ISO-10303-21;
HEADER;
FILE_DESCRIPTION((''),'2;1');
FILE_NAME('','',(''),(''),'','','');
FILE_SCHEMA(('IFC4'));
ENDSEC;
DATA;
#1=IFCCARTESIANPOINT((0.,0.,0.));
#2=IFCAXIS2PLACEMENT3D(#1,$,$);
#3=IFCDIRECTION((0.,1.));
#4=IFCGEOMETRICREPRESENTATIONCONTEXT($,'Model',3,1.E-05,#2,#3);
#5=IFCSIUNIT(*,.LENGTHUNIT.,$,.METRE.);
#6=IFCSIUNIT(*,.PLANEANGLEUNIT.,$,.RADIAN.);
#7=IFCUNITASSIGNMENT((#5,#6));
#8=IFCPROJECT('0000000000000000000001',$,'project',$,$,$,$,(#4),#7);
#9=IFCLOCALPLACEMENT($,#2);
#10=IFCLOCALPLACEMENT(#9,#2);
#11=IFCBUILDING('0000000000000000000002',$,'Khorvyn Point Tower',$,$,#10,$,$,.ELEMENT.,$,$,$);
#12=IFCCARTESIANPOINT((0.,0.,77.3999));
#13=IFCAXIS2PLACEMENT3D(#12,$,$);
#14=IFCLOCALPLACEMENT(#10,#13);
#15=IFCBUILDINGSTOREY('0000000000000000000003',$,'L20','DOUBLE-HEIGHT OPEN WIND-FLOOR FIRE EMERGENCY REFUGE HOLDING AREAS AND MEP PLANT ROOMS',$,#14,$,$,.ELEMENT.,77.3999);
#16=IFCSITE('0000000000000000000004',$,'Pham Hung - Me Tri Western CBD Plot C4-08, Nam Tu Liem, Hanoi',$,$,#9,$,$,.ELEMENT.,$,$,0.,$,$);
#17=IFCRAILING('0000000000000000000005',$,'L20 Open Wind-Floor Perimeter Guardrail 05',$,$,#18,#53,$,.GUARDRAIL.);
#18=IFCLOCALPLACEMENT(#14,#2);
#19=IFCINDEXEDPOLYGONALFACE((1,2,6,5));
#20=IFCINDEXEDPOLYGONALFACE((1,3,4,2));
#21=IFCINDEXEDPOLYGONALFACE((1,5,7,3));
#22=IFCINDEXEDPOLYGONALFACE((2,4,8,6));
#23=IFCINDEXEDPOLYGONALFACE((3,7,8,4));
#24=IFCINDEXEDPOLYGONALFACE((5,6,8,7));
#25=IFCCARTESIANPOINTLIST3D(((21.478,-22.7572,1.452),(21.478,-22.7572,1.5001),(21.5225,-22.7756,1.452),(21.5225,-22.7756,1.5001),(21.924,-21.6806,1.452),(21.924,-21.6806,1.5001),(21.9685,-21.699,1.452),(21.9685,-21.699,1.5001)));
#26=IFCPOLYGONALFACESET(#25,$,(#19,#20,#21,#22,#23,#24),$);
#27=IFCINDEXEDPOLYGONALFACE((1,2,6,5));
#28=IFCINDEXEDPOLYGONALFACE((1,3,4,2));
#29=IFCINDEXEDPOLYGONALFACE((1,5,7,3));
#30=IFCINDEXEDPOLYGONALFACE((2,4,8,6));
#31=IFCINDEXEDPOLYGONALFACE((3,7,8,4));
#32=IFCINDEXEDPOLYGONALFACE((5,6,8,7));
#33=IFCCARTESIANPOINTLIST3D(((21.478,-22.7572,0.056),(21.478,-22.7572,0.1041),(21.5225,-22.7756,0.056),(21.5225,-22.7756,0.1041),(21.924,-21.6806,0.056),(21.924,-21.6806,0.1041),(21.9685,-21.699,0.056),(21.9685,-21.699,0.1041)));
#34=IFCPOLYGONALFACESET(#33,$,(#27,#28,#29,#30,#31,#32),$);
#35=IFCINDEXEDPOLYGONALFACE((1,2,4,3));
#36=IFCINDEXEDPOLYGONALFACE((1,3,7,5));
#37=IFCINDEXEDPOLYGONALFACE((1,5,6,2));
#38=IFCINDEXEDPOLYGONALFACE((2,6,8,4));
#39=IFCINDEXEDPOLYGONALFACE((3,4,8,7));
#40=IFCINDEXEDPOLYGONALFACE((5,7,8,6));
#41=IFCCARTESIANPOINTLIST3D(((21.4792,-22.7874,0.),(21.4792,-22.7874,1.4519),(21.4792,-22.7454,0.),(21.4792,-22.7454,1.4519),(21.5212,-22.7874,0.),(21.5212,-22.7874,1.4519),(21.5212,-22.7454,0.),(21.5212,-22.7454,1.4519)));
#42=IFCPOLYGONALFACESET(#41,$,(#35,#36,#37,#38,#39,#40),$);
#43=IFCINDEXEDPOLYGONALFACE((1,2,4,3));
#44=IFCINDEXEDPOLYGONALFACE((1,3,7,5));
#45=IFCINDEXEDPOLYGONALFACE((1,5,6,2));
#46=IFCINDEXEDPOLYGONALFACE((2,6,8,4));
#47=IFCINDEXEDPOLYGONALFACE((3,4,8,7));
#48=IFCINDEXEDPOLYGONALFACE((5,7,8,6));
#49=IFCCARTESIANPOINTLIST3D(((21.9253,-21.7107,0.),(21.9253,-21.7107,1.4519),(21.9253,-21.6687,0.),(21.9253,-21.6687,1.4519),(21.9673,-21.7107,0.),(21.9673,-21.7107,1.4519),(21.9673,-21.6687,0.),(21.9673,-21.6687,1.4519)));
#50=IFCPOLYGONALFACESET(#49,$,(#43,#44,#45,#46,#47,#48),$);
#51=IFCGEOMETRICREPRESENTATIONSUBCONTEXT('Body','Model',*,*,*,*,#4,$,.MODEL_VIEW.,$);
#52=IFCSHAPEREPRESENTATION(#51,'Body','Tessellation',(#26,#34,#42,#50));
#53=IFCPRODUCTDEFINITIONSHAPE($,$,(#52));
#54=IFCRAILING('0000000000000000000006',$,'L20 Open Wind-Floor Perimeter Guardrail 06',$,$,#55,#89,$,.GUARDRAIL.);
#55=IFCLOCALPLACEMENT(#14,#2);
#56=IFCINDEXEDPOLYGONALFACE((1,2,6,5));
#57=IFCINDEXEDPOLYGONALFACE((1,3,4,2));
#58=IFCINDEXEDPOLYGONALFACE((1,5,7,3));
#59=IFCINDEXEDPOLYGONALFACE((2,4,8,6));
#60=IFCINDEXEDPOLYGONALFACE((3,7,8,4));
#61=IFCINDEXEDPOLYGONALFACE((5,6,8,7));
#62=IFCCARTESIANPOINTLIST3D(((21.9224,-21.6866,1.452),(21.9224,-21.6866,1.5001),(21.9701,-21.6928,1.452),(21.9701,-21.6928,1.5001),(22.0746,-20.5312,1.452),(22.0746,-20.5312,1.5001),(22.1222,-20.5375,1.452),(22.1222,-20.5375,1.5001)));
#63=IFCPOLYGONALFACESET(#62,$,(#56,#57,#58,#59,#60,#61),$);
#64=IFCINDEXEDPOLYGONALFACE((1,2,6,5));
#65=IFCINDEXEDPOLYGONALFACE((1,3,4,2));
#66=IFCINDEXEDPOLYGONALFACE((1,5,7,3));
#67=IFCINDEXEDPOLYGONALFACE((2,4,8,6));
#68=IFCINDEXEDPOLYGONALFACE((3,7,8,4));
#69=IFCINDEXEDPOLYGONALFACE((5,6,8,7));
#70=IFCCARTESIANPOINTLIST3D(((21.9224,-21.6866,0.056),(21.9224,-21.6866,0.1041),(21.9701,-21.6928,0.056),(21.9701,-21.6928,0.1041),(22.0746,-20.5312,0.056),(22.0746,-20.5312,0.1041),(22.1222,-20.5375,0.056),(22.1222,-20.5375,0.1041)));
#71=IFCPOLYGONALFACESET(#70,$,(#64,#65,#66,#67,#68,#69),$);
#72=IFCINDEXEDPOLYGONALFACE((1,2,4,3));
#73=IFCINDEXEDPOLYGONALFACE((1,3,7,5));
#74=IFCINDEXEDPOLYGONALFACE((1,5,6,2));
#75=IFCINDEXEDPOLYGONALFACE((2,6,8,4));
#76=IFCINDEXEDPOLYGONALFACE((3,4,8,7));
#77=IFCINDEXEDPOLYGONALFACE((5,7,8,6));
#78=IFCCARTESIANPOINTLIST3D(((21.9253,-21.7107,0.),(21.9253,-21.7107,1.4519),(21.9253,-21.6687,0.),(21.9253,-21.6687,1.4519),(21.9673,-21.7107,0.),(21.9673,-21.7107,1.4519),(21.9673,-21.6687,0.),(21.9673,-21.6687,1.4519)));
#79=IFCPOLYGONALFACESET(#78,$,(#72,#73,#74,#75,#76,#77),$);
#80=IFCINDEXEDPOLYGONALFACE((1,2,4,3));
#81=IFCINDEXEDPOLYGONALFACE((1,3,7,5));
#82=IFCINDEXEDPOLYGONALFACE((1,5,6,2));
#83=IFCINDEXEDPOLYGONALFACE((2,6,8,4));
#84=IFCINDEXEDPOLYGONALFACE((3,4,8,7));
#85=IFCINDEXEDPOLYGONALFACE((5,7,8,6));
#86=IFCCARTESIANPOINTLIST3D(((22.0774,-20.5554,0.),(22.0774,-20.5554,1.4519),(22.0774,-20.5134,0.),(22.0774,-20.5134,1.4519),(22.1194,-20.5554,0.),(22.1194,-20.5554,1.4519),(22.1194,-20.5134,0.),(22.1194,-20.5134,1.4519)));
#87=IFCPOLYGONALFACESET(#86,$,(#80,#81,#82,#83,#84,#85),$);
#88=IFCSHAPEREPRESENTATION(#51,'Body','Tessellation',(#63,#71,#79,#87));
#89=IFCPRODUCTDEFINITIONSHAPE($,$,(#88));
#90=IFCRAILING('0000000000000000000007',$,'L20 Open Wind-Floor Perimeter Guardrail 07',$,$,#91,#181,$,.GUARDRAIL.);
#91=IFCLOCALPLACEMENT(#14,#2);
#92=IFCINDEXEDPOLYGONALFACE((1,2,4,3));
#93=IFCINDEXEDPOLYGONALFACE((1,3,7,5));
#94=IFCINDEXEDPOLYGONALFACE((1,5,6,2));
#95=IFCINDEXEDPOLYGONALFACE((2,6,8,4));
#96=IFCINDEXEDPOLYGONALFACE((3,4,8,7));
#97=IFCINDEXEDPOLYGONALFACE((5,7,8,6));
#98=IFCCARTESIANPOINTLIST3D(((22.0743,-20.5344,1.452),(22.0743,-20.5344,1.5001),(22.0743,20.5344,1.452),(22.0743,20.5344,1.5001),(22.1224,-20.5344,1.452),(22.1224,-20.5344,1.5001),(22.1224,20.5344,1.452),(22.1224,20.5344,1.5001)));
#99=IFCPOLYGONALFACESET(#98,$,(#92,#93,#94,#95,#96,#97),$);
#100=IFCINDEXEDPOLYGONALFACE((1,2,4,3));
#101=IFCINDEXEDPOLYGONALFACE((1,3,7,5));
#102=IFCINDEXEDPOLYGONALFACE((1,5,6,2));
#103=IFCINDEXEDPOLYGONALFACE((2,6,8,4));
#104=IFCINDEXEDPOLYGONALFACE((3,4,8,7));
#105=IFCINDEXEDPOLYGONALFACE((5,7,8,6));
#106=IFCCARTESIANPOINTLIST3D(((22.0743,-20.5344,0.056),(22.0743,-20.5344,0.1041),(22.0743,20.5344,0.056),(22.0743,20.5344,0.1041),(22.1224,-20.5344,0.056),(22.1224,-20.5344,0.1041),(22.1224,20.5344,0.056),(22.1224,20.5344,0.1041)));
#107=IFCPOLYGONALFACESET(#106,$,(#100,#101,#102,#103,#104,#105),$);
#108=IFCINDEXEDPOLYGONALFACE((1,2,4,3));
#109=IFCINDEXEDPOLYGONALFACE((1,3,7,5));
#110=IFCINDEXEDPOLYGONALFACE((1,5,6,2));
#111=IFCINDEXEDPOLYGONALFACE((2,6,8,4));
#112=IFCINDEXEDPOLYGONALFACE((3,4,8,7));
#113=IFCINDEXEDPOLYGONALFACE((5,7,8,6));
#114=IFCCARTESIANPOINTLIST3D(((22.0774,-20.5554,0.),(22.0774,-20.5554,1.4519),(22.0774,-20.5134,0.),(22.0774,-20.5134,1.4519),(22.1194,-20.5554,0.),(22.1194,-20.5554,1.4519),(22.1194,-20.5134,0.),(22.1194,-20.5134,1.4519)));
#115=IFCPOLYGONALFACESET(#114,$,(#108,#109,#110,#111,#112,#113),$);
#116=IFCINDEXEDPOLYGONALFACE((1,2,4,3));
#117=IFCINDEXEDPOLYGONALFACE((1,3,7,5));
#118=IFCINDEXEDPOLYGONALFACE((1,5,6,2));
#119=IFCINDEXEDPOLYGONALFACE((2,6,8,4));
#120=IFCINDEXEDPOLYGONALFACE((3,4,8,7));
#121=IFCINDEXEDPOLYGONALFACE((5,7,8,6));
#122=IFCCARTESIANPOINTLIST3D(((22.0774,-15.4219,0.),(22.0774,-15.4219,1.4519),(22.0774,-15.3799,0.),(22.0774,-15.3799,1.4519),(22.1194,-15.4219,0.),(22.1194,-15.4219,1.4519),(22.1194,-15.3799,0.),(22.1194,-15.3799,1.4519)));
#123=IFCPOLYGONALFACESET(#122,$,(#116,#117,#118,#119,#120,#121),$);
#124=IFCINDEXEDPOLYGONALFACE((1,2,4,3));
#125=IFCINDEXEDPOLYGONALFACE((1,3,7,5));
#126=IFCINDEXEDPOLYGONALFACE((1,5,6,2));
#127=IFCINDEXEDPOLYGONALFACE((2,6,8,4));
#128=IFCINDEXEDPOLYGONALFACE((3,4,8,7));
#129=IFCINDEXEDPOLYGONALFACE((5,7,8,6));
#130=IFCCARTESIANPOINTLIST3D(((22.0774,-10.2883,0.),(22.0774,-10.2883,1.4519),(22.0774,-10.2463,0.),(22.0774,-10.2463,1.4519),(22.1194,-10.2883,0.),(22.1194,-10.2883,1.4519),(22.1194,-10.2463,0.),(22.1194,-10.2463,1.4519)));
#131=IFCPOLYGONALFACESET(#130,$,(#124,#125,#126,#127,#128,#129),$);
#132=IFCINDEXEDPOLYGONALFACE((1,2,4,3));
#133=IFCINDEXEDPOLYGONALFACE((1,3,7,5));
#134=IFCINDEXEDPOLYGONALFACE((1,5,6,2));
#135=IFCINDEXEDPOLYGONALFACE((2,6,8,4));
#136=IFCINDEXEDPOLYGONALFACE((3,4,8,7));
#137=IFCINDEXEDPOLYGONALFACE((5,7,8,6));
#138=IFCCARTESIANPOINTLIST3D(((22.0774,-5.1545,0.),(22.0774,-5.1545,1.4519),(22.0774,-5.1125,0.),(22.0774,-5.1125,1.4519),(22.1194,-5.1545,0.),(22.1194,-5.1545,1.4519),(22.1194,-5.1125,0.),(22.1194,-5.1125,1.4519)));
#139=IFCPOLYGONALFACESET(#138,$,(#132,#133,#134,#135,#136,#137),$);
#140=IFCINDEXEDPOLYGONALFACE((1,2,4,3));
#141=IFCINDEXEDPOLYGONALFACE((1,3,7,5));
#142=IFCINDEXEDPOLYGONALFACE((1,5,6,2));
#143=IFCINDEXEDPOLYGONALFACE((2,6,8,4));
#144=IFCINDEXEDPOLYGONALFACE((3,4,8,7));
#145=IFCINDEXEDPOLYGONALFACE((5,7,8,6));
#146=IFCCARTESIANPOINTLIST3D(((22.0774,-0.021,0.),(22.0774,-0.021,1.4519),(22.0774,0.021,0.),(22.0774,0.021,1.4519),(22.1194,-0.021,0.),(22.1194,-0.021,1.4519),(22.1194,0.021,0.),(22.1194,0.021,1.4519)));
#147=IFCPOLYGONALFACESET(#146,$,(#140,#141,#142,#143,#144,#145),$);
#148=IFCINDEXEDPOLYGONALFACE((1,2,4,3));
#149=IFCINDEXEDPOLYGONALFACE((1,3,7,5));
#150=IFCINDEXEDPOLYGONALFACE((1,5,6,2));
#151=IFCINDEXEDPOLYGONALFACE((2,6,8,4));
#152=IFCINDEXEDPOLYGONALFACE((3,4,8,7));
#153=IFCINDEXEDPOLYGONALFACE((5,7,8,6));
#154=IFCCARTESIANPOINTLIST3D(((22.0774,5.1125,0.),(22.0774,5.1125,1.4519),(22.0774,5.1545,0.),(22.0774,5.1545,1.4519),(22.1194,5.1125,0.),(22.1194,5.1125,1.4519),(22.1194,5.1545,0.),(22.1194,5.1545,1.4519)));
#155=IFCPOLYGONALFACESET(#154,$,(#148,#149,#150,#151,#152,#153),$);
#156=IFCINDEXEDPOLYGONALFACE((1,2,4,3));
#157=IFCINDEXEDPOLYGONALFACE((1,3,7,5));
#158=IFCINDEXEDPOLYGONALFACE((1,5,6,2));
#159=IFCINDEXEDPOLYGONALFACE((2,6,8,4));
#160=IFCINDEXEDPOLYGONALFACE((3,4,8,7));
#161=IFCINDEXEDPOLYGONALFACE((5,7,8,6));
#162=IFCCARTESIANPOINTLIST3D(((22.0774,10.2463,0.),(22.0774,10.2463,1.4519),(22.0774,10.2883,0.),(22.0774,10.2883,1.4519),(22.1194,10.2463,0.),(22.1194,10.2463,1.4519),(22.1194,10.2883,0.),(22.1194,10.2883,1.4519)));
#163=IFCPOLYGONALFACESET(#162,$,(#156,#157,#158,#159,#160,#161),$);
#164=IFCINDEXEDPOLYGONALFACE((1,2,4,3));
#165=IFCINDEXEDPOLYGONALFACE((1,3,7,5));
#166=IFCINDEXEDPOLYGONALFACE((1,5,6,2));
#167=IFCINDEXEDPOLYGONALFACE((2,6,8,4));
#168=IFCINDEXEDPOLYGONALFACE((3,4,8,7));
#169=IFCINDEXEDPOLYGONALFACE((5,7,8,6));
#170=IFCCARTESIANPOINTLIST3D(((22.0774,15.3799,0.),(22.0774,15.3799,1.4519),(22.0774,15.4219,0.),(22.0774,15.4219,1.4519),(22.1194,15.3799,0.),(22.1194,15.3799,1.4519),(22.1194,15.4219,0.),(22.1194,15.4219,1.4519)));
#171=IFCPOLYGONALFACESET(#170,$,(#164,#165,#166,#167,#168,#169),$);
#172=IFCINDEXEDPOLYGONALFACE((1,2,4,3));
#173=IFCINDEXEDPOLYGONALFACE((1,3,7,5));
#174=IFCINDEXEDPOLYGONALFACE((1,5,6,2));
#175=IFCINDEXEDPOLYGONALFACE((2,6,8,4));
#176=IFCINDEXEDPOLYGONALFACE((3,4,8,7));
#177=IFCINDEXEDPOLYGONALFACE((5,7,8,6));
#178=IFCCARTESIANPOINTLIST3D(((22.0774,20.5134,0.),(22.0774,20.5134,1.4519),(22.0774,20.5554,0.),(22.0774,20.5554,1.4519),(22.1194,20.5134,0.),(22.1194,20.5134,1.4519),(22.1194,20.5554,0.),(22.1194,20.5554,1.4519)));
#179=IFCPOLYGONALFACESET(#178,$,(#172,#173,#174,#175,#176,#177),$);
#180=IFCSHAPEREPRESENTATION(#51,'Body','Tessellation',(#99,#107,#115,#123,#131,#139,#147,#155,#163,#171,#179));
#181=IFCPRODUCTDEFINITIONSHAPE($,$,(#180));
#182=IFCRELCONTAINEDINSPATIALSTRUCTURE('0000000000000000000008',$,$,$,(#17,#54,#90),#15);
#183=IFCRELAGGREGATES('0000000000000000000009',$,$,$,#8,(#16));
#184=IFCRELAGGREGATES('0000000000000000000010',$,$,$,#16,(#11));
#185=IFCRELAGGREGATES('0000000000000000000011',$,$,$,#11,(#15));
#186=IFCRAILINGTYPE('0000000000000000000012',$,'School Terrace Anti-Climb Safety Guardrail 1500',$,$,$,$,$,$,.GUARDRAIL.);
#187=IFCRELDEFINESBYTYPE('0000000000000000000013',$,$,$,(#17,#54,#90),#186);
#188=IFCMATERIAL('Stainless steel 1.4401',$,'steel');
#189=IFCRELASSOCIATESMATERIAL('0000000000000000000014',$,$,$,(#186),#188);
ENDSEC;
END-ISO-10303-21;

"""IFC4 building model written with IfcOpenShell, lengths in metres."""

from ifc_helpers import new_model, si_unit, direction, frame, origin, origin_2d, place, context, subcontext, project, spatial, rectangle, extrude, material, type_object, element, save


model = new_model("IFC4")

# Units and contexts
model_context = context("Model", 3, precision=1e-05, world=origin(), true_north=direction((0.0, 1.0)))
body_context = subcontext(model_context, "Body", "Model", "MODEL_VIEW")
ifc_project = project(units=[si_unit("LENGTHUNIT", "METRE"), si_unit("PLANEANGLEUNIT", "RADIAN")], contexts=[model_context])

# Site, building, storey
site_placement = place(None, origin())
site = spatial("IfcSite", under=ifc_project, at=site_placement, Name="Pham Hung - Me Tri Western CBD Plot C4-08, Nam Tu Liem, Hanoi", CompositionType="ELEMENT", RefElevation=0.0)
building_placement = place(site_placement, origin())
building = spatial("IfcBuilding", under=site, at=building_placement, Name="Khorvyn Point Tower", CompositionType="ELEMENT")
storey_placement = place(building_placement, frame((0.0, 0.0, 77.3999)))
storey = spatial("IfcBuildingStorey", under=building, at=storey_placement, Name="L20", Description="DOUBLE-HEIGHT OPEN WIND-FLOOR FIRE EMERGENCY REFUGE HOLDING AREAS AND MEP PLANT ROOMS", CompositionType="ELEMENT", Elevation=77.3999)

# Railings
ifc_material_1 = material(Name="Stainless steel 1.4401", Category="steel")
railing_type = type_object("IfcRailingType", Name="School Terrace Anti-Climb Safety Guardrail 1500", PredefinedType="GUARDRAIL", material=ifc_material_1)
railing_1_placement = place(storey_placement, frame((21.5002, -22.7664, 0.0)))
element("IfcRailing", 1, at=railing_1_placement, inside=storey, type_object=railing_type, Name="L20 Open Wind-Floor Perimeter Guardrail 05", PredefinedType="GUARDRAIL", context=body_context, shape_type="SweptSolid", body=[
    extrude(rectangle(XDim=0.0481, YDim=0.0481, at=origin_2d()), frame((0.0, 0.0, 1.4761), z_axis=(0.38274, 0.923856, 0.0), x_axis=(-0.923856, 0.38274, 0.0)), (0.0, 0.0, 1.0), 1.1653),
    extrude(rectangle(XDim=0.0481, YDim=0.0481, at=origin_2d()), frame((0.0, 0.0, 0.0801), z_axis=(0.38274, 0.923856, 0.0), x_axis=(-0.923856, 0.38274, 0.0)), (0.0, 0.0, 1.0), 1.1653),
    extrude(rectangle(XDim=0.042, YDim=0.042, at=origin_2d()), origin(), (0.0, 0.0, 1.0), 1.4519),
    extrude(rectangle(XDim=0.042, YDim=0.042, at=origin_2d()), frame((0.446, 1.0767, 0.0)), (0.0, 0.0, 1.0), 1.4519),
])
railing_2_placement = place(storey_placement, frame((21.9463, -21.6897, 0.0)))
element("IfcRailing", 2, at=railing_2_placement, inside=storey, type_object=railing_type, Name="L20 Open Wind-Floor Perimeter Guardrail 06", PredefinedType="GUARDRAIL", context=body_context, shape_type="SweptSolid", body=[
    extrude(rectangle(XDim=0.0481, YDim=0.0481, at=origin_2d()), frame((0.0, 0.0, 1.4761), z_axis=(0.13053, 0.991444, 0.0), x_axis=(-0.991444, 0.13053, 0.0)), (0.0, 0.0, 1.0), 1.1653),
    extrude(rectangle(XDim=0.0481, YDim=0.0481, at=origin_2d()), frame((0.0, 0.0, 0.0801), z_axis=(0.13053, 0.991444, 0.0), x_axis=(-0.991444, 0.13053, 0.0)), (0.0, 0.0, 1.0), 1.1653),
    extrude(rectangle(XDim=0.042, YDim=0.042, at=origin_2d()), origin(), (0.0, 0.0, 1.0), 1.4519),
    extrude(rectangle(XDim=0.042, YDim=0.042, at=origin_2d()), frame((0.1521, 1.1553, 0.0)), (0.0, 0.0, 1.0), 1.4519),
])
railing_3_placement = place(storey_placement, frame((22.0984, -20.5344, 0.0)))
element("IfcRailing", 3, at=railing_3_placement, inside=storey, type_object=railing_type, Name="L20 Open Wind-Floor Perimeter Guardrail 07", PredefinedType="GUARDRAIL", context=body_context, shape_type="SweptSolid", body=[
    extrude(rectangle(XDim=0.0481, YDim=0.0481, at=origin_2d()), frame((0.0, 0.0, 1.4761), z_axis=(0.0, 1.0, 0.0), x_axis=(-1.0, 0.0, 0.0)), (0.0, 0.0, 1.0), 41.0688),
    extrude(rectangle(XDim=0.0481, YDim=0.0481, at=origin_2d()), frame((0.0, 0.0, 0.0801), z_axis=(0.0, 1.0, 0.0), x_axis=(-1.0, 0.0, 0.0)), (0.0, 0.0, 1.0), 41.0688),
    extrude(rectangle(XDim=0.042, YDim=0.042, at=origin_2d()), origin(), (0.0, 0.0, 1.0), 1.4519),
    extrude(rectangle(XDim=0.042, YDim=0.042, at=origin_2d()), frame((0.0, 5.1335, 0.0)), (0.0, 0.0, 1.0), 1.4519),
    extrude(rectangle(XDim=0.042, YDim=0.042, at=origin_2d()), frame((0.0, 10.2671, 0.0)), (0.0, 0.0, 1.0), 1.4519),
    extrude(rectangle(XDim=0.042, YDim=0.042, at=origin_2d()), frame((0.0, 15.4009, 0.0)), (0.0, 0.0, 1.0), 1.4519),
    extrude(rectangle(XDim=0.042, YDim=0.042, at=origin_2d()), frame((0.0, 20.5344, 0.0)), (0.0, 0.0, 1.0), 1.4519),
    extrude(rectangle(XDim=0.042, YDim=0.042, at=origin_2d()), frame((0.0, 25.668, 0.0)), (0.0, 0.0, 1.0), 1.4519),
    extrude(rectangle(XDim=0.042, YDim=0.042, at=origin_2d()), frame((0.0, 30.8018, 0.0)), (0.0, 0.0, 1.0), 1.4519),
    extrude(rectangle(XDim=0.042, YDim=0.042, at=origin_2d()), frame((0.0, 35.9353, 0.0)), (0.0, 0.0, 1.0), 1.4519),
    extrude(rectangle(XDim=0.042, YDim=0.042, at=origin_2d()), frame((0.0, 41.0688, 0.0)), (0.0, 0.0, 1.0), 1.4519),
])

save(model, "model.ifc")
